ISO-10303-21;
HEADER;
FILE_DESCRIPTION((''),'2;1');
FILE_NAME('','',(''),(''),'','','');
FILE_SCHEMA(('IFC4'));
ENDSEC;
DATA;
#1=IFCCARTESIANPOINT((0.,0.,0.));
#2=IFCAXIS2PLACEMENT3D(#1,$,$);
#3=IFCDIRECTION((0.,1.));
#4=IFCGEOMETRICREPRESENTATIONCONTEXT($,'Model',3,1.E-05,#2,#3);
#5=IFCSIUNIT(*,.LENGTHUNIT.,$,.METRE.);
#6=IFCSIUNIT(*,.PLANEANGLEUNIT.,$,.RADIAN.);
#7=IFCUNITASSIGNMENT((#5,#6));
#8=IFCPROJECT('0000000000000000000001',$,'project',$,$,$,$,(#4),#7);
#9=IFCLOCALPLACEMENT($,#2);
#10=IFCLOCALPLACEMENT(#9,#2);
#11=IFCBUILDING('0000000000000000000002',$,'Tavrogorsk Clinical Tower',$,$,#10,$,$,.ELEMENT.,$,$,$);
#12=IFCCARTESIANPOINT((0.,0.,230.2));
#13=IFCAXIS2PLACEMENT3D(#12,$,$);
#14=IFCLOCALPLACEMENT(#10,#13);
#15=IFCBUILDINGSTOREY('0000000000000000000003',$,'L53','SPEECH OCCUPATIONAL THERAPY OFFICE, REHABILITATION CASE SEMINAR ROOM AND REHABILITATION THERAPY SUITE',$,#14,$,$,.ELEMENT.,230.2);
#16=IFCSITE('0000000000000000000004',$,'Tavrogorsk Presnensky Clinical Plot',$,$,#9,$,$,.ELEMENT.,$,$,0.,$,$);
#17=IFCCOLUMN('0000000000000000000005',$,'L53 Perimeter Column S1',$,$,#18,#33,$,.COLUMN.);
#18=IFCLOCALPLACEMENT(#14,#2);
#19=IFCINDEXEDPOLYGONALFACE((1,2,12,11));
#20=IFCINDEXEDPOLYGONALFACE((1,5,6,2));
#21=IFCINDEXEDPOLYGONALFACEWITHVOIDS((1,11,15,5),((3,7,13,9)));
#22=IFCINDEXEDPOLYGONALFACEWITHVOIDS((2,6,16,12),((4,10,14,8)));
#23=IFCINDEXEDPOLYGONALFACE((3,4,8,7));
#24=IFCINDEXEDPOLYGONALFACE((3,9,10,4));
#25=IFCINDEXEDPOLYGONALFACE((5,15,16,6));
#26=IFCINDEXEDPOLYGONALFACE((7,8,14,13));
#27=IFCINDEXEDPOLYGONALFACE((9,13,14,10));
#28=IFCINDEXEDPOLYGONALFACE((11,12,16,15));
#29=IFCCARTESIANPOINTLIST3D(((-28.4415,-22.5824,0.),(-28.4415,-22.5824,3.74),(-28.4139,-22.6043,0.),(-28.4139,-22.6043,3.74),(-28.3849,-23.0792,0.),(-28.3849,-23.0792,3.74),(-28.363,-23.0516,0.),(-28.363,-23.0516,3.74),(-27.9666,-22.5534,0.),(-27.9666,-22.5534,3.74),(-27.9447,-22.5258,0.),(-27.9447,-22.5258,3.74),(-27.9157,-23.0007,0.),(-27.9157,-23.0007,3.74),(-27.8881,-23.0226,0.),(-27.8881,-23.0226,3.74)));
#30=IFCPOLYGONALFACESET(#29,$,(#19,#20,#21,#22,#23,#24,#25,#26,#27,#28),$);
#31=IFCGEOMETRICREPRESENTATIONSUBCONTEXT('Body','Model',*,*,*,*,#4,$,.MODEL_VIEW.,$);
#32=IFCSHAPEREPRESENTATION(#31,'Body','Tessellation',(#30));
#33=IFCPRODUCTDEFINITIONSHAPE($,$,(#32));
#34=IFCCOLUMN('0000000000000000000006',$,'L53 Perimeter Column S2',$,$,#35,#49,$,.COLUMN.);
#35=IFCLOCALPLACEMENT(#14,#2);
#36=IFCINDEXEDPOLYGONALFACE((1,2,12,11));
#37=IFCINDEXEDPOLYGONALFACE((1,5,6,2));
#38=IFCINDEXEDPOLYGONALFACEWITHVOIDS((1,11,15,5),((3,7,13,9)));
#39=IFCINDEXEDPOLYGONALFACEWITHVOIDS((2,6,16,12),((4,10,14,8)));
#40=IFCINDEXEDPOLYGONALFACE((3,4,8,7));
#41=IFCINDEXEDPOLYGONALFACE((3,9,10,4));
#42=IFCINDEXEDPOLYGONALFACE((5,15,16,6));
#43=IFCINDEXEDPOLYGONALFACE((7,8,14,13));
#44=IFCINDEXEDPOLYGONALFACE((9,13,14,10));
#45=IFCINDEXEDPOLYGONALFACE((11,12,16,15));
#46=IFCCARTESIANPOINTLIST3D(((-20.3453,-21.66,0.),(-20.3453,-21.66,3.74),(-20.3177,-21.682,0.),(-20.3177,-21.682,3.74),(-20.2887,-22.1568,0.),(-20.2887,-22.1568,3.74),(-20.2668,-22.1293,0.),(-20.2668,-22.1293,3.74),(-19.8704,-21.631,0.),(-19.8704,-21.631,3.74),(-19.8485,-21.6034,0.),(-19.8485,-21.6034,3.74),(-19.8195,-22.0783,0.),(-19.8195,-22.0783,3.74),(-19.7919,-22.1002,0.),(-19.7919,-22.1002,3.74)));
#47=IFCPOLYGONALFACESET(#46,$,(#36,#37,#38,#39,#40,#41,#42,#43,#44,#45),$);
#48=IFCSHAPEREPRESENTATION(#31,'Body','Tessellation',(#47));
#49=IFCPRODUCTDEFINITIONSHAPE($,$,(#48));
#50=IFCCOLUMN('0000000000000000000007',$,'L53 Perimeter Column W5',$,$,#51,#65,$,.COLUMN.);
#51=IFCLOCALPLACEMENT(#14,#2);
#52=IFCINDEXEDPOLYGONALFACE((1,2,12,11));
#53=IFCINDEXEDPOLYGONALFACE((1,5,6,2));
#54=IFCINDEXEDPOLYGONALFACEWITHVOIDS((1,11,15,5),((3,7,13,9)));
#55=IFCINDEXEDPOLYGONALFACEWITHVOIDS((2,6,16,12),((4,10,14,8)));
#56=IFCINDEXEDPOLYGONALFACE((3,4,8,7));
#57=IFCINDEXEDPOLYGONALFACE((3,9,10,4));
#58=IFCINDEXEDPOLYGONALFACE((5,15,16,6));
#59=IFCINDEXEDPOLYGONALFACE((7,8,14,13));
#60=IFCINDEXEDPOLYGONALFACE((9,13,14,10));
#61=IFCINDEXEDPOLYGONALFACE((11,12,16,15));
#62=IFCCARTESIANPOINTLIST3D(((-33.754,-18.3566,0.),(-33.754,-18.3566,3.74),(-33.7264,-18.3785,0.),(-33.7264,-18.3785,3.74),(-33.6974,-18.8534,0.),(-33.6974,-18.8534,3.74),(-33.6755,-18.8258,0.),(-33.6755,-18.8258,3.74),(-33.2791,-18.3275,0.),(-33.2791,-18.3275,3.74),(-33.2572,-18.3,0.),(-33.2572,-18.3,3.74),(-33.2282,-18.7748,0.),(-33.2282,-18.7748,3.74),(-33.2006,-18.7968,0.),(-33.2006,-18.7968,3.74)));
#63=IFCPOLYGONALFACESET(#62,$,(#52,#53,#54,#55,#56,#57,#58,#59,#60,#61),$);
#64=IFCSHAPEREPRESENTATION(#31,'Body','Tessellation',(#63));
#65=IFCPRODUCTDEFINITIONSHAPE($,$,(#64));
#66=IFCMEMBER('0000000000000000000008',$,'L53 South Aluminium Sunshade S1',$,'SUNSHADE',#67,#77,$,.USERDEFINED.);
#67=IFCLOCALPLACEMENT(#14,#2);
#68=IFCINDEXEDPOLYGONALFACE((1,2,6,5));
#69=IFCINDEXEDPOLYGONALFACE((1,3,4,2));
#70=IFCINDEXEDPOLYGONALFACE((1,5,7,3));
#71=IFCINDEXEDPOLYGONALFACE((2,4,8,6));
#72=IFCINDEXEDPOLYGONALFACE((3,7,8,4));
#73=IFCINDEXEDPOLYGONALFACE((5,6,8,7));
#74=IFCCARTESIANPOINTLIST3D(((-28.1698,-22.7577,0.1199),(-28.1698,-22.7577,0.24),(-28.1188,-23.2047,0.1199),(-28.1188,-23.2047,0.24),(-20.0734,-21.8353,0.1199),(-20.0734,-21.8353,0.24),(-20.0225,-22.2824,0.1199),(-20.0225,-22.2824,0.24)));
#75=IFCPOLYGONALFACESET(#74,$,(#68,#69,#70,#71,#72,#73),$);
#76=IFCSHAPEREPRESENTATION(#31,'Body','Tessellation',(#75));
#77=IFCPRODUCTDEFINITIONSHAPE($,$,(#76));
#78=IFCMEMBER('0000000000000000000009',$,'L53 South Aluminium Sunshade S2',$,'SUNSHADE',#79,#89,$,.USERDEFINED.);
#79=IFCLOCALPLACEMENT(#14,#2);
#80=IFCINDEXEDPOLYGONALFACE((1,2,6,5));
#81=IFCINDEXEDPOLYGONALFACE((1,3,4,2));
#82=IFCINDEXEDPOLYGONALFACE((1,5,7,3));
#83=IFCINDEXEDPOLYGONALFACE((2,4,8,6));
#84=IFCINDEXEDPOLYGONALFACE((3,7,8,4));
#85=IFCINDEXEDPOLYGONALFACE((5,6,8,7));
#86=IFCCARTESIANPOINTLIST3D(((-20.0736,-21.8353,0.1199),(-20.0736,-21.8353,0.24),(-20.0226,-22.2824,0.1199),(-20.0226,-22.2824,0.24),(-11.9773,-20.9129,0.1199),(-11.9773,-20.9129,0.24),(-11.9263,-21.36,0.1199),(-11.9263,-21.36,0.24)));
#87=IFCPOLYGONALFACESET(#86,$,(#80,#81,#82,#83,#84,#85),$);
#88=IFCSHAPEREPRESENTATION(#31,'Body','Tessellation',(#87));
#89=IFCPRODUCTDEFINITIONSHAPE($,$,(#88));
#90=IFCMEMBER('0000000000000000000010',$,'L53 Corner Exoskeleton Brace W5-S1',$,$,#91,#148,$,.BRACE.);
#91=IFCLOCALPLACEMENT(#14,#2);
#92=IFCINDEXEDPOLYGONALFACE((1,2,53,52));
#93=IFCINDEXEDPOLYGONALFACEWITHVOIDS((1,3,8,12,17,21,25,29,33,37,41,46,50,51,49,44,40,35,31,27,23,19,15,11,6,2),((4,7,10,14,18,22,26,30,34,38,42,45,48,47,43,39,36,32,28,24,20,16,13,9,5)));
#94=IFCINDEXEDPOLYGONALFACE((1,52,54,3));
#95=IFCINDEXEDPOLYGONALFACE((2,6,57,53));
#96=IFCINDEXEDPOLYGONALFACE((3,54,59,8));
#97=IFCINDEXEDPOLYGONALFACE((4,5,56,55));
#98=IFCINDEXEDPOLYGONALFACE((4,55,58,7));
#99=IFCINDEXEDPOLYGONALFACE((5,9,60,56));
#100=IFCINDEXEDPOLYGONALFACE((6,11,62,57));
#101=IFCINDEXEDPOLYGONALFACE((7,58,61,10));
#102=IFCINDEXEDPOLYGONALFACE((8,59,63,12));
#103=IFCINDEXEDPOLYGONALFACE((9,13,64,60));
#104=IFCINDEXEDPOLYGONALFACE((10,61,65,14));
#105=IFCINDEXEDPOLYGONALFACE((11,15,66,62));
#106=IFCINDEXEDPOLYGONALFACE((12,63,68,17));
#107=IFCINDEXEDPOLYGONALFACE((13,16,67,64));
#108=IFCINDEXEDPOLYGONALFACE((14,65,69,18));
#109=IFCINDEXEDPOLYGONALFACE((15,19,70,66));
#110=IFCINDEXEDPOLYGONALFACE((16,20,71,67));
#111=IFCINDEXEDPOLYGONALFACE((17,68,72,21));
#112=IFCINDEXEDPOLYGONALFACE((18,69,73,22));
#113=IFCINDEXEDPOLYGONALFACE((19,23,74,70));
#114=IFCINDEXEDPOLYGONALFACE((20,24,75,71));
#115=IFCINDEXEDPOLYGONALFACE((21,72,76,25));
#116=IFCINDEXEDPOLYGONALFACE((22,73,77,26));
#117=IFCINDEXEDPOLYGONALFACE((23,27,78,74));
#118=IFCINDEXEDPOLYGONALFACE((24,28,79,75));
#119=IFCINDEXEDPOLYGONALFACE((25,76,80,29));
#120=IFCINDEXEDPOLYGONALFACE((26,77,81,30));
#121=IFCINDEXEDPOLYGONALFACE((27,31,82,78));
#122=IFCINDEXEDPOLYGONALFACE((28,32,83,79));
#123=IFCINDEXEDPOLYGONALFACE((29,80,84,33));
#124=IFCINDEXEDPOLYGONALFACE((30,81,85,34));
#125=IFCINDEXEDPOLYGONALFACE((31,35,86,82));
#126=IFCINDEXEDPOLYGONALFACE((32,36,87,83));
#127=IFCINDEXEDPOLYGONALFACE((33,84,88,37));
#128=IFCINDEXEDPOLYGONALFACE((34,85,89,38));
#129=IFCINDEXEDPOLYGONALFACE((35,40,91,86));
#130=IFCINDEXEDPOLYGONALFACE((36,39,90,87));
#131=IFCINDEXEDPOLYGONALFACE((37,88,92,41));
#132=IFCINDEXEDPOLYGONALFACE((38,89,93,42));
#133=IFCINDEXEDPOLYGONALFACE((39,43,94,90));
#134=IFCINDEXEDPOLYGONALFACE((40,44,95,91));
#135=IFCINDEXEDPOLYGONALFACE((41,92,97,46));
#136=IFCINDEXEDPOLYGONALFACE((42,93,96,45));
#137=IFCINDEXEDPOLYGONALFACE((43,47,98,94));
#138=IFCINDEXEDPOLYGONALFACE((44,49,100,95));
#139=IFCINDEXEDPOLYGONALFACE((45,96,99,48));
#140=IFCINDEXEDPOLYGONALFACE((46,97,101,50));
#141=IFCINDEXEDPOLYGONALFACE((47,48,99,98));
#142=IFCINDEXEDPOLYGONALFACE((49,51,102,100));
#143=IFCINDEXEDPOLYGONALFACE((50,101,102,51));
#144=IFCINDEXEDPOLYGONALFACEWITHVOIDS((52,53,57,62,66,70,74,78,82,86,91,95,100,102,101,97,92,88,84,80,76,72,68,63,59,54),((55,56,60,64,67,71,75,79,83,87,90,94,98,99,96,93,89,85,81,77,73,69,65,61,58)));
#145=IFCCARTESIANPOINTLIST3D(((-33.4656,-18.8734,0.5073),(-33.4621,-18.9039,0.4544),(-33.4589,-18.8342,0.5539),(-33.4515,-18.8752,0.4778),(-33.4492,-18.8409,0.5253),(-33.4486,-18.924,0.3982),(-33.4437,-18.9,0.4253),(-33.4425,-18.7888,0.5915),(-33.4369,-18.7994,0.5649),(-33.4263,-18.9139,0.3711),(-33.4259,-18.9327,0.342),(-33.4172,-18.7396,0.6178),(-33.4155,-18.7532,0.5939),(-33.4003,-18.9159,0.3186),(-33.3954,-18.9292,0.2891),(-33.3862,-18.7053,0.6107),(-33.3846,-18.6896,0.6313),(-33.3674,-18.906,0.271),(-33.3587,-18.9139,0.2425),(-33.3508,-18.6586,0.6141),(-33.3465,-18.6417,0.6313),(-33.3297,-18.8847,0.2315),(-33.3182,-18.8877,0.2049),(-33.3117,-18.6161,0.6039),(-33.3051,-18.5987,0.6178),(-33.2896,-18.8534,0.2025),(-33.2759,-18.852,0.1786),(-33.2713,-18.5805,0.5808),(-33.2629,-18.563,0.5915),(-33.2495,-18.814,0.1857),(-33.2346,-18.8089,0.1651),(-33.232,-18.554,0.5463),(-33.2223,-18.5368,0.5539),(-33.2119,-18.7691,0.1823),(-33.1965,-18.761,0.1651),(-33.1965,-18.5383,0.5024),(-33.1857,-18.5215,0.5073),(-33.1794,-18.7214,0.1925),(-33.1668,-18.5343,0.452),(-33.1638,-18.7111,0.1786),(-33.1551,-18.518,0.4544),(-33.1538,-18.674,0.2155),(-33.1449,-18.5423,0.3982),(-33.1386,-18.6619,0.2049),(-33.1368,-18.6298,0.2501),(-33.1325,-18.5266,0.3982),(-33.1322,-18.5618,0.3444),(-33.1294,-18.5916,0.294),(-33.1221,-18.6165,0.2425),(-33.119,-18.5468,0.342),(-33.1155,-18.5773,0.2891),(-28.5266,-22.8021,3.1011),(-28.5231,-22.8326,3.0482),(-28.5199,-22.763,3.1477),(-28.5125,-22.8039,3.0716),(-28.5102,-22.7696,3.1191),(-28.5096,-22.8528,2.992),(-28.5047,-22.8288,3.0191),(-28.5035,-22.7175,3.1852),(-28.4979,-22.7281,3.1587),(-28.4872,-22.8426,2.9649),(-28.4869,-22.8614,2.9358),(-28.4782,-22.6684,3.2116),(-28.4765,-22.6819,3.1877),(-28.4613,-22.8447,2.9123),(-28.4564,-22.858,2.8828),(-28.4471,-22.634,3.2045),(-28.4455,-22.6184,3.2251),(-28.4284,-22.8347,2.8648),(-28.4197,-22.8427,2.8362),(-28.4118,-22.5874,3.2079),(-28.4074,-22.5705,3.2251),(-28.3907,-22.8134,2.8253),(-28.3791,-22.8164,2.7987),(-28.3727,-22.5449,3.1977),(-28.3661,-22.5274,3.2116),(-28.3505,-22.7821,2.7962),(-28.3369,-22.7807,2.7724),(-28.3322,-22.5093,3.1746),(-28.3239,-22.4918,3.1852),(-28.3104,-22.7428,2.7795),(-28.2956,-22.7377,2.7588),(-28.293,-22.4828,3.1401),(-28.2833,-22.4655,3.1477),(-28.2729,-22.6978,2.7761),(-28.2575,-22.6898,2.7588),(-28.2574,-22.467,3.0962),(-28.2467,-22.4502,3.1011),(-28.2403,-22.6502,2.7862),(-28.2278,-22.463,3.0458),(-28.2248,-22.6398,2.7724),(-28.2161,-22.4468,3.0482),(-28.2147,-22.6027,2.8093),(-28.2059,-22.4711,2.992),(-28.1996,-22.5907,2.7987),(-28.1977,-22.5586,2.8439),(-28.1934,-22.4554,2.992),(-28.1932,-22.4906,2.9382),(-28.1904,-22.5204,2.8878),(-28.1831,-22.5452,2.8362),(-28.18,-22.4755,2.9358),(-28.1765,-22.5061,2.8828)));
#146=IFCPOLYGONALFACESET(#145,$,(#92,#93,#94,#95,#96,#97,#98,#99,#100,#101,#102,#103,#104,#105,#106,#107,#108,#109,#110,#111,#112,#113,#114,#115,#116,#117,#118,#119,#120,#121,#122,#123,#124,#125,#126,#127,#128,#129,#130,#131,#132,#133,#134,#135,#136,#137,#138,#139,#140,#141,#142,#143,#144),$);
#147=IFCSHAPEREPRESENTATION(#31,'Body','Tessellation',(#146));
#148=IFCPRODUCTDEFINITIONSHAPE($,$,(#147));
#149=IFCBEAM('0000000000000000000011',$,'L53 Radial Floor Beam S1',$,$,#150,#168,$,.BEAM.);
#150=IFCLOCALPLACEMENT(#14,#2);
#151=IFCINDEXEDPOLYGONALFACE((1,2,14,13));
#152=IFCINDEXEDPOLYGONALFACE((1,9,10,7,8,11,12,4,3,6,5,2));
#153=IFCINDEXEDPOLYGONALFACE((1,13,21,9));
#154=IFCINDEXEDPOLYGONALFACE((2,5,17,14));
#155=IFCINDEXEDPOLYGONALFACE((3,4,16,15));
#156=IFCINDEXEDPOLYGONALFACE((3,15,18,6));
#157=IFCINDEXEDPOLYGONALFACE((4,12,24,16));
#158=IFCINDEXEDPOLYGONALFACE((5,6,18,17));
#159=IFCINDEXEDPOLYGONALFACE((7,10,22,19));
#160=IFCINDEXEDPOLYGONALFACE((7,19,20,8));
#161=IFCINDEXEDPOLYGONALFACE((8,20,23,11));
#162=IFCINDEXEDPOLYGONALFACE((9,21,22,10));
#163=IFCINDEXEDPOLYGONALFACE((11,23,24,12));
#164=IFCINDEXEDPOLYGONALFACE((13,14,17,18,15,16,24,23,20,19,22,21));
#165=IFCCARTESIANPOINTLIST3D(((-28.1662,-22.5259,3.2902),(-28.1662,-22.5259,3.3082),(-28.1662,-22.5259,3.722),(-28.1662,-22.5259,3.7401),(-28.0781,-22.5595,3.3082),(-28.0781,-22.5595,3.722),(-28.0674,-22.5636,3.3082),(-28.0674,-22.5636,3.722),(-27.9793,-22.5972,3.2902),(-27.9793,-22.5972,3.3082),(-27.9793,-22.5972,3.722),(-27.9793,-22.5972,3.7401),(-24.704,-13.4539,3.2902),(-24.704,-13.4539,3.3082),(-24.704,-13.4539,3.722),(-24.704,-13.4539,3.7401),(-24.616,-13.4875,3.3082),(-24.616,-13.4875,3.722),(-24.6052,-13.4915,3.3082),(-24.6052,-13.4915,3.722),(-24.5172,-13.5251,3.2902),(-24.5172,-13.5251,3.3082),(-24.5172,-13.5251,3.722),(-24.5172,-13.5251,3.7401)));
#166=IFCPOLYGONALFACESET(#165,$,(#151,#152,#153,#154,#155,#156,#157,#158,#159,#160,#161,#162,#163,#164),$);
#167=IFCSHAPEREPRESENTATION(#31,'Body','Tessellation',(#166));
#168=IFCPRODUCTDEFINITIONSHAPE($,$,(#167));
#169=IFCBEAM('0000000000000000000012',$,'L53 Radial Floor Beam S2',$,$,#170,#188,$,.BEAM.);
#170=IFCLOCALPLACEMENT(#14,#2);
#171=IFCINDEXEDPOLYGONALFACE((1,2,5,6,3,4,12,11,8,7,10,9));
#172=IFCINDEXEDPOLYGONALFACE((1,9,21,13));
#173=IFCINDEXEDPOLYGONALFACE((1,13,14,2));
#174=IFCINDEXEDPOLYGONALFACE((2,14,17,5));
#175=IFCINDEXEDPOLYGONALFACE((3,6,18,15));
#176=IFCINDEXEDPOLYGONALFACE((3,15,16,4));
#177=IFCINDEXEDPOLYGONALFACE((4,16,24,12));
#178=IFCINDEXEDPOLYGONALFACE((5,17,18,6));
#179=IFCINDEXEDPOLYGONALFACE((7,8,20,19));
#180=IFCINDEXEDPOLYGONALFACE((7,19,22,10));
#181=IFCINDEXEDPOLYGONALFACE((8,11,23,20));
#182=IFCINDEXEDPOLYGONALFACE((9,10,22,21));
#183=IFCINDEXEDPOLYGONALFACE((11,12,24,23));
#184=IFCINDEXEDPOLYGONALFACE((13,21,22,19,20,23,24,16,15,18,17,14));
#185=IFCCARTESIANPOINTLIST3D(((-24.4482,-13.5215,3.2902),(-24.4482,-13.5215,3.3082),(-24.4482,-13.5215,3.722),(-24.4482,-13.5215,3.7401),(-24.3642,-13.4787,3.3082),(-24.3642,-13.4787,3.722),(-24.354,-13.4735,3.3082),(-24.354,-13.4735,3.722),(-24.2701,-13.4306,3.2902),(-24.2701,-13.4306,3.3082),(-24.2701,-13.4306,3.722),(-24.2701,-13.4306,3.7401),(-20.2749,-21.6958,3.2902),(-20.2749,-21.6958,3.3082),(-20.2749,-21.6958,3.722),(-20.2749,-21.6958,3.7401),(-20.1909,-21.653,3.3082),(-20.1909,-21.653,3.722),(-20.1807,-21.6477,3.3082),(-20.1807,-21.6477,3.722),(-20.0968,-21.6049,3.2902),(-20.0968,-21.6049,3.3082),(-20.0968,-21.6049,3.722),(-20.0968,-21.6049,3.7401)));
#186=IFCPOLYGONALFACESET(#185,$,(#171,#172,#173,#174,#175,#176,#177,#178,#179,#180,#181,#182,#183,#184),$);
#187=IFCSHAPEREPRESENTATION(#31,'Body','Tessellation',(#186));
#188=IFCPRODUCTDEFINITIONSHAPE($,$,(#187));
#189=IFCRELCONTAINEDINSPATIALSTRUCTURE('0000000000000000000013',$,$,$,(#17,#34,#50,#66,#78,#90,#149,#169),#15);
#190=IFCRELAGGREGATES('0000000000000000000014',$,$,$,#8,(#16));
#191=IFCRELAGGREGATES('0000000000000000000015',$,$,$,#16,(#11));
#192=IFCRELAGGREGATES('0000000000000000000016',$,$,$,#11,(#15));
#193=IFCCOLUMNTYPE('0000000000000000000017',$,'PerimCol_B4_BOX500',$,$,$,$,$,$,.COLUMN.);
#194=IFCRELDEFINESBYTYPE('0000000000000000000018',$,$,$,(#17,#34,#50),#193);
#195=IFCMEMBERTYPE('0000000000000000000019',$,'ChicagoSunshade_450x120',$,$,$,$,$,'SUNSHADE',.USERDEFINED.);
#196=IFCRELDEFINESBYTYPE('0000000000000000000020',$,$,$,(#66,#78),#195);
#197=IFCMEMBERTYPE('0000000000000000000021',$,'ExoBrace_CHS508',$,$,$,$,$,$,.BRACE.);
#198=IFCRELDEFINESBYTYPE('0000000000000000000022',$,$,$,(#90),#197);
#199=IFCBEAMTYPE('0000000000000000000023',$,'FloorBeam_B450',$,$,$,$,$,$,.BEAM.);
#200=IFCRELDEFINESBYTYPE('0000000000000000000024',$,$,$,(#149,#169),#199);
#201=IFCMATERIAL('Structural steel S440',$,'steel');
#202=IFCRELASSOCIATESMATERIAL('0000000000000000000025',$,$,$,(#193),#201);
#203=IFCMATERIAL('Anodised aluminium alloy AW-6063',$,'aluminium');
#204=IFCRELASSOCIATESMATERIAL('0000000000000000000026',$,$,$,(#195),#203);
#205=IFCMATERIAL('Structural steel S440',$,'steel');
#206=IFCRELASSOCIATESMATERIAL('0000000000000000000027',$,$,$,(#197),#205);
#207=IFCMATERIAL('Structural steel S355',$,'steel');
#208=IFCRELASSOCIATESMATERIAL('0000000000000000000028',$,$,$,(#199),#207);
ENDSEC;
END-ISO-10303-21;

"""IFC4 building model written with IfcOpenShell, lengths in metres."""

from ifc_helpers import new_model, si_unit, direction, frame, origin, origin_2d, place, context, subcontext, project, spatial, rectangle, hollow_rectangle, hollow_circle, i_section, extrude, material, material_profile, profile_set, type_object, element, save


model = new_model("IFC4")

# Units and contexts
model_context = context("Model", 3, precision=1e-05, world=origin(), true_north=direction((0.0, 1.0)))
body_context = subcontext(model_context, "Body", "Model", "MODEL_VIEW")
ifc_project = project(units=[si_unit("LENGTHUNIT", "METRE"), si_unit("PLANEANGLEUNIT", "RADIAN")], contexts=[model_context])

# Site, building, storey
site_placement = place(None, origin())
site = spatial("IfcSite", under=ifc_project, at=site_placement, Name="Tavrogorsk Presnensky Clinical Plot", CompositionType="ELEMENT", RefElevation=0.0)
building_placement = place(site_placement, origin())
building = spatial("IfcBuilding", under=site, at=building_placement, Name="Tavrogorsk Clinical Tower", CompositionType="ELEMENT")
storey_placement = place(building_placement, frame((0.0, 0.0, 230.2)))
storey = spatial("IfcBuildingStorey", under=building, at=storey_placement, Name="L53", Description="SPEECH OCCUPATIONAL THERAPY OFFICE, REHABILITATION CASE SEMINAR ROOM AND REHABILITATION THERAPY SUITE", CompositionType="ELEMENT", Elevation=230.2)

# Columns
ifc_material_1 = material(Name="Structural steel S440", Category="steel")
ifc_material_profile_1 = material_profile(ifc_material_1, hollow_rectangle(XDim=0.5, YDim=0.5, WallThickness=0.0249, at=origin_2d()), Name="BOX-500x500x25")
ifc_profile_set_1 = profile_set([ifc_material_profile_1], Name="Structural steel S440")
column_type = type_object("IfcColumnType", Name="PerimCol_B4_BOX500", PredefinedType="COLUMN", material=ifc_profile_set_1)
for number, where, z_axis, x_axis, name in (
    (1, (-28.1648, -22.8025, 0.0), (0.0, 0.0, 1.0), (0.993572, 0.113203, 0.0), "L53 Perimeter Column S1"),
    (2, (-20.0686, -21.8801, 0.0), (0.0, 0.0, 1.0), (0.993572, 0.113203, 0.0), "L53 Perimeter Column S2"),
    (3, (-33.4773, -18.5767, 0.0), (0.0, 0.0, 1.0), (0.993572, 0.113203, 0.0), "L53 Perimeter Column W5"),
):
    element("IfcColumn", number, at=place(storey_placement, frame(where, z_axis=z_axis, x_axis=x_axis)), inside=storey, type_object=column_type, Name=name, PredefinedType="COLUMN", context=body_context, shape_type="SweptSolid", body=[
        extrude(hollow_rectangle(XDim=0.5, YDim=0.5, WallThickness=0.0249, at=origin_2d()), origin(), (0.0, 0.0, 1.0), 3.74),
    ])

# Members
ifc_material_2 = material(Name="Anodised aluminium alloy AW-6063", Category="aluminium")
ifc_material_profile_2 = material_profile(ifc_material_2, rectangle(XDim=0.45, YDim=0.1201, at=origin_2d()), Name="ALU-SUNSHADE-450x120")
ifc_profile_set_2 = profile_set([ifc_material_profile_2], Name="Anodised aluminium alloy AW-6063")
member_type_1 = type_object("IfcMemberType", Name="ChicagoSunshade_450x120", ElementType="SUNSHADE", PredefinedType="USERDEFINED", material=ifc_profile_set_2)
for number, where, z_axis, x_axis, name in (
    (4, (-28.1443, -22.9812, 0.1799), (0.993573, 0.113193, 0.0), (-0.113193, 0.993573, 0.0), "L53 South Aluminium Sunshade S1"),
    (5, (-20.0481, -22.0588, 0.1799), (0.993573, 0.113193, 0.0), (-0.113193, 0.993573, 0.0), "L53 South Aluminium Sunshade S2"),
):
    element("IfcMember", number, at=place(storey_placement, frame(where, z_axis=z_axis, x_axis=x_axis)), inside=storey, type_object=member_type_1, Name=name, ObjectType="SUNSHADE", PredefinedType="USERDEFINED", context=body_context, shape_type="SweptSolid", body=[
        extrude(rectangle(XDim=0.45, YDim=0.1201, at=origin_2d()), origin(), (0.0, 0.0, 1.0), 8.1487),
    ])
ifc_material_3 = material(Name="Structural steel S440", Category="steel")
ifc_material_profile_3 = material_profile(ifc_material_3, hollow_circle(Radius=0.2539, WallThickness=0.02, at=origin_2d()), Name="CHS-508x20")
ifc_profile_set_3 = profile_set([ifc_material_profile_3], Name="Structural steel S440")
member_type_2 = type_object("IfcMemberType", Name="ExoBrace_CHS508", PredefinedType="BRACE", material=ifc_profile_set_3)
member_1_placement = place(storey_placement, frame((-33.2905, -18.7253, 0.3982), z_axis=(0.723852, -0.575789, 0.380138), x_axis=(0.622522, 0.782602, 0.0)))
element("IfcMember", 6, at=member_1_placement, inside=storey, type_object=member_type_2, Name="L53 Corner Exoskeleton Brace W5-S1", PredefinedType="BRACE", context=body_context, shape_type="SweptSolid", body=[
    extrude(hollow_circle(Radius=0.2539, WallThickness=0.02, at=origin_2d()), origin(), (0.0, 0.0, 1.0), 6.8232),
])

# Beams
ifc_material_4 = material(Name="Structural steel S355", Category="steel")
ifc_material_profile_4 = material_profile(ifc_material_4, i_section(OverallWidth=0.2, OverallDepth=0.45, WebThickness=0.0115, FlangeThickness=0.0181, at=origin_2d()), Name="B-450x200x11.5x18")
ifc_profile_set_4 = profile_set([ifc_material_profile_4], Name="Structural steel S355")
beam_type_1 = type_object("IfcBeamType", Name="FloorBeam_B450", PredefinedType="BEAM", material=ifc_profile_set_4)
beam_1_placement = place(storey_placement, frame((-24.6106, -13.4895, 3.5151), z_axis=(-0.356548, -0.934277, 0.0), x_axis=(0.934277, -0.356548, 0.0)))
element("IfcBeam", 7, at=beam_1_placement, inside=storey, type_object=beam_type_1, Name="L53 Radial Floor Beam S1", PredefinedType="BEAM", context=body_context, shape_type="SweptSolid", body=[
    extrude(i_section(OverallWidth=0.2, OverallDepth=0.45, WebThickness=0.0115, FlangeThickness=0.0181, at=origin_2d()), origin(), (0.0, 0.0, 1.0), 9.7102),
])
beam_2_placement = place(storey_placement, frame((-24.3591, -13.4761, 3.5151), z_axis=(0.45471, -0.89064, 0.0), x_axis=(0.89064, 0.45471, 0.0)))
element("IfcBeam", 8, at=beam_2_placement, inside=storey, type_object=beam_type_1, Name="L53 Radial Floor Beam S2", PredefinedType="BEAM", context=body_context, shape_type="SweptSolid", body=[
    extrude(i_section(OverallWidth=0.2, OverallDepth=0.45, WebThickness=0.0115, FlangeThickness=0.0181, at=origin_2d()), origin(), (0.0, 0.0, 1.0), 9.178),
])

save(model, "model.ifc")
